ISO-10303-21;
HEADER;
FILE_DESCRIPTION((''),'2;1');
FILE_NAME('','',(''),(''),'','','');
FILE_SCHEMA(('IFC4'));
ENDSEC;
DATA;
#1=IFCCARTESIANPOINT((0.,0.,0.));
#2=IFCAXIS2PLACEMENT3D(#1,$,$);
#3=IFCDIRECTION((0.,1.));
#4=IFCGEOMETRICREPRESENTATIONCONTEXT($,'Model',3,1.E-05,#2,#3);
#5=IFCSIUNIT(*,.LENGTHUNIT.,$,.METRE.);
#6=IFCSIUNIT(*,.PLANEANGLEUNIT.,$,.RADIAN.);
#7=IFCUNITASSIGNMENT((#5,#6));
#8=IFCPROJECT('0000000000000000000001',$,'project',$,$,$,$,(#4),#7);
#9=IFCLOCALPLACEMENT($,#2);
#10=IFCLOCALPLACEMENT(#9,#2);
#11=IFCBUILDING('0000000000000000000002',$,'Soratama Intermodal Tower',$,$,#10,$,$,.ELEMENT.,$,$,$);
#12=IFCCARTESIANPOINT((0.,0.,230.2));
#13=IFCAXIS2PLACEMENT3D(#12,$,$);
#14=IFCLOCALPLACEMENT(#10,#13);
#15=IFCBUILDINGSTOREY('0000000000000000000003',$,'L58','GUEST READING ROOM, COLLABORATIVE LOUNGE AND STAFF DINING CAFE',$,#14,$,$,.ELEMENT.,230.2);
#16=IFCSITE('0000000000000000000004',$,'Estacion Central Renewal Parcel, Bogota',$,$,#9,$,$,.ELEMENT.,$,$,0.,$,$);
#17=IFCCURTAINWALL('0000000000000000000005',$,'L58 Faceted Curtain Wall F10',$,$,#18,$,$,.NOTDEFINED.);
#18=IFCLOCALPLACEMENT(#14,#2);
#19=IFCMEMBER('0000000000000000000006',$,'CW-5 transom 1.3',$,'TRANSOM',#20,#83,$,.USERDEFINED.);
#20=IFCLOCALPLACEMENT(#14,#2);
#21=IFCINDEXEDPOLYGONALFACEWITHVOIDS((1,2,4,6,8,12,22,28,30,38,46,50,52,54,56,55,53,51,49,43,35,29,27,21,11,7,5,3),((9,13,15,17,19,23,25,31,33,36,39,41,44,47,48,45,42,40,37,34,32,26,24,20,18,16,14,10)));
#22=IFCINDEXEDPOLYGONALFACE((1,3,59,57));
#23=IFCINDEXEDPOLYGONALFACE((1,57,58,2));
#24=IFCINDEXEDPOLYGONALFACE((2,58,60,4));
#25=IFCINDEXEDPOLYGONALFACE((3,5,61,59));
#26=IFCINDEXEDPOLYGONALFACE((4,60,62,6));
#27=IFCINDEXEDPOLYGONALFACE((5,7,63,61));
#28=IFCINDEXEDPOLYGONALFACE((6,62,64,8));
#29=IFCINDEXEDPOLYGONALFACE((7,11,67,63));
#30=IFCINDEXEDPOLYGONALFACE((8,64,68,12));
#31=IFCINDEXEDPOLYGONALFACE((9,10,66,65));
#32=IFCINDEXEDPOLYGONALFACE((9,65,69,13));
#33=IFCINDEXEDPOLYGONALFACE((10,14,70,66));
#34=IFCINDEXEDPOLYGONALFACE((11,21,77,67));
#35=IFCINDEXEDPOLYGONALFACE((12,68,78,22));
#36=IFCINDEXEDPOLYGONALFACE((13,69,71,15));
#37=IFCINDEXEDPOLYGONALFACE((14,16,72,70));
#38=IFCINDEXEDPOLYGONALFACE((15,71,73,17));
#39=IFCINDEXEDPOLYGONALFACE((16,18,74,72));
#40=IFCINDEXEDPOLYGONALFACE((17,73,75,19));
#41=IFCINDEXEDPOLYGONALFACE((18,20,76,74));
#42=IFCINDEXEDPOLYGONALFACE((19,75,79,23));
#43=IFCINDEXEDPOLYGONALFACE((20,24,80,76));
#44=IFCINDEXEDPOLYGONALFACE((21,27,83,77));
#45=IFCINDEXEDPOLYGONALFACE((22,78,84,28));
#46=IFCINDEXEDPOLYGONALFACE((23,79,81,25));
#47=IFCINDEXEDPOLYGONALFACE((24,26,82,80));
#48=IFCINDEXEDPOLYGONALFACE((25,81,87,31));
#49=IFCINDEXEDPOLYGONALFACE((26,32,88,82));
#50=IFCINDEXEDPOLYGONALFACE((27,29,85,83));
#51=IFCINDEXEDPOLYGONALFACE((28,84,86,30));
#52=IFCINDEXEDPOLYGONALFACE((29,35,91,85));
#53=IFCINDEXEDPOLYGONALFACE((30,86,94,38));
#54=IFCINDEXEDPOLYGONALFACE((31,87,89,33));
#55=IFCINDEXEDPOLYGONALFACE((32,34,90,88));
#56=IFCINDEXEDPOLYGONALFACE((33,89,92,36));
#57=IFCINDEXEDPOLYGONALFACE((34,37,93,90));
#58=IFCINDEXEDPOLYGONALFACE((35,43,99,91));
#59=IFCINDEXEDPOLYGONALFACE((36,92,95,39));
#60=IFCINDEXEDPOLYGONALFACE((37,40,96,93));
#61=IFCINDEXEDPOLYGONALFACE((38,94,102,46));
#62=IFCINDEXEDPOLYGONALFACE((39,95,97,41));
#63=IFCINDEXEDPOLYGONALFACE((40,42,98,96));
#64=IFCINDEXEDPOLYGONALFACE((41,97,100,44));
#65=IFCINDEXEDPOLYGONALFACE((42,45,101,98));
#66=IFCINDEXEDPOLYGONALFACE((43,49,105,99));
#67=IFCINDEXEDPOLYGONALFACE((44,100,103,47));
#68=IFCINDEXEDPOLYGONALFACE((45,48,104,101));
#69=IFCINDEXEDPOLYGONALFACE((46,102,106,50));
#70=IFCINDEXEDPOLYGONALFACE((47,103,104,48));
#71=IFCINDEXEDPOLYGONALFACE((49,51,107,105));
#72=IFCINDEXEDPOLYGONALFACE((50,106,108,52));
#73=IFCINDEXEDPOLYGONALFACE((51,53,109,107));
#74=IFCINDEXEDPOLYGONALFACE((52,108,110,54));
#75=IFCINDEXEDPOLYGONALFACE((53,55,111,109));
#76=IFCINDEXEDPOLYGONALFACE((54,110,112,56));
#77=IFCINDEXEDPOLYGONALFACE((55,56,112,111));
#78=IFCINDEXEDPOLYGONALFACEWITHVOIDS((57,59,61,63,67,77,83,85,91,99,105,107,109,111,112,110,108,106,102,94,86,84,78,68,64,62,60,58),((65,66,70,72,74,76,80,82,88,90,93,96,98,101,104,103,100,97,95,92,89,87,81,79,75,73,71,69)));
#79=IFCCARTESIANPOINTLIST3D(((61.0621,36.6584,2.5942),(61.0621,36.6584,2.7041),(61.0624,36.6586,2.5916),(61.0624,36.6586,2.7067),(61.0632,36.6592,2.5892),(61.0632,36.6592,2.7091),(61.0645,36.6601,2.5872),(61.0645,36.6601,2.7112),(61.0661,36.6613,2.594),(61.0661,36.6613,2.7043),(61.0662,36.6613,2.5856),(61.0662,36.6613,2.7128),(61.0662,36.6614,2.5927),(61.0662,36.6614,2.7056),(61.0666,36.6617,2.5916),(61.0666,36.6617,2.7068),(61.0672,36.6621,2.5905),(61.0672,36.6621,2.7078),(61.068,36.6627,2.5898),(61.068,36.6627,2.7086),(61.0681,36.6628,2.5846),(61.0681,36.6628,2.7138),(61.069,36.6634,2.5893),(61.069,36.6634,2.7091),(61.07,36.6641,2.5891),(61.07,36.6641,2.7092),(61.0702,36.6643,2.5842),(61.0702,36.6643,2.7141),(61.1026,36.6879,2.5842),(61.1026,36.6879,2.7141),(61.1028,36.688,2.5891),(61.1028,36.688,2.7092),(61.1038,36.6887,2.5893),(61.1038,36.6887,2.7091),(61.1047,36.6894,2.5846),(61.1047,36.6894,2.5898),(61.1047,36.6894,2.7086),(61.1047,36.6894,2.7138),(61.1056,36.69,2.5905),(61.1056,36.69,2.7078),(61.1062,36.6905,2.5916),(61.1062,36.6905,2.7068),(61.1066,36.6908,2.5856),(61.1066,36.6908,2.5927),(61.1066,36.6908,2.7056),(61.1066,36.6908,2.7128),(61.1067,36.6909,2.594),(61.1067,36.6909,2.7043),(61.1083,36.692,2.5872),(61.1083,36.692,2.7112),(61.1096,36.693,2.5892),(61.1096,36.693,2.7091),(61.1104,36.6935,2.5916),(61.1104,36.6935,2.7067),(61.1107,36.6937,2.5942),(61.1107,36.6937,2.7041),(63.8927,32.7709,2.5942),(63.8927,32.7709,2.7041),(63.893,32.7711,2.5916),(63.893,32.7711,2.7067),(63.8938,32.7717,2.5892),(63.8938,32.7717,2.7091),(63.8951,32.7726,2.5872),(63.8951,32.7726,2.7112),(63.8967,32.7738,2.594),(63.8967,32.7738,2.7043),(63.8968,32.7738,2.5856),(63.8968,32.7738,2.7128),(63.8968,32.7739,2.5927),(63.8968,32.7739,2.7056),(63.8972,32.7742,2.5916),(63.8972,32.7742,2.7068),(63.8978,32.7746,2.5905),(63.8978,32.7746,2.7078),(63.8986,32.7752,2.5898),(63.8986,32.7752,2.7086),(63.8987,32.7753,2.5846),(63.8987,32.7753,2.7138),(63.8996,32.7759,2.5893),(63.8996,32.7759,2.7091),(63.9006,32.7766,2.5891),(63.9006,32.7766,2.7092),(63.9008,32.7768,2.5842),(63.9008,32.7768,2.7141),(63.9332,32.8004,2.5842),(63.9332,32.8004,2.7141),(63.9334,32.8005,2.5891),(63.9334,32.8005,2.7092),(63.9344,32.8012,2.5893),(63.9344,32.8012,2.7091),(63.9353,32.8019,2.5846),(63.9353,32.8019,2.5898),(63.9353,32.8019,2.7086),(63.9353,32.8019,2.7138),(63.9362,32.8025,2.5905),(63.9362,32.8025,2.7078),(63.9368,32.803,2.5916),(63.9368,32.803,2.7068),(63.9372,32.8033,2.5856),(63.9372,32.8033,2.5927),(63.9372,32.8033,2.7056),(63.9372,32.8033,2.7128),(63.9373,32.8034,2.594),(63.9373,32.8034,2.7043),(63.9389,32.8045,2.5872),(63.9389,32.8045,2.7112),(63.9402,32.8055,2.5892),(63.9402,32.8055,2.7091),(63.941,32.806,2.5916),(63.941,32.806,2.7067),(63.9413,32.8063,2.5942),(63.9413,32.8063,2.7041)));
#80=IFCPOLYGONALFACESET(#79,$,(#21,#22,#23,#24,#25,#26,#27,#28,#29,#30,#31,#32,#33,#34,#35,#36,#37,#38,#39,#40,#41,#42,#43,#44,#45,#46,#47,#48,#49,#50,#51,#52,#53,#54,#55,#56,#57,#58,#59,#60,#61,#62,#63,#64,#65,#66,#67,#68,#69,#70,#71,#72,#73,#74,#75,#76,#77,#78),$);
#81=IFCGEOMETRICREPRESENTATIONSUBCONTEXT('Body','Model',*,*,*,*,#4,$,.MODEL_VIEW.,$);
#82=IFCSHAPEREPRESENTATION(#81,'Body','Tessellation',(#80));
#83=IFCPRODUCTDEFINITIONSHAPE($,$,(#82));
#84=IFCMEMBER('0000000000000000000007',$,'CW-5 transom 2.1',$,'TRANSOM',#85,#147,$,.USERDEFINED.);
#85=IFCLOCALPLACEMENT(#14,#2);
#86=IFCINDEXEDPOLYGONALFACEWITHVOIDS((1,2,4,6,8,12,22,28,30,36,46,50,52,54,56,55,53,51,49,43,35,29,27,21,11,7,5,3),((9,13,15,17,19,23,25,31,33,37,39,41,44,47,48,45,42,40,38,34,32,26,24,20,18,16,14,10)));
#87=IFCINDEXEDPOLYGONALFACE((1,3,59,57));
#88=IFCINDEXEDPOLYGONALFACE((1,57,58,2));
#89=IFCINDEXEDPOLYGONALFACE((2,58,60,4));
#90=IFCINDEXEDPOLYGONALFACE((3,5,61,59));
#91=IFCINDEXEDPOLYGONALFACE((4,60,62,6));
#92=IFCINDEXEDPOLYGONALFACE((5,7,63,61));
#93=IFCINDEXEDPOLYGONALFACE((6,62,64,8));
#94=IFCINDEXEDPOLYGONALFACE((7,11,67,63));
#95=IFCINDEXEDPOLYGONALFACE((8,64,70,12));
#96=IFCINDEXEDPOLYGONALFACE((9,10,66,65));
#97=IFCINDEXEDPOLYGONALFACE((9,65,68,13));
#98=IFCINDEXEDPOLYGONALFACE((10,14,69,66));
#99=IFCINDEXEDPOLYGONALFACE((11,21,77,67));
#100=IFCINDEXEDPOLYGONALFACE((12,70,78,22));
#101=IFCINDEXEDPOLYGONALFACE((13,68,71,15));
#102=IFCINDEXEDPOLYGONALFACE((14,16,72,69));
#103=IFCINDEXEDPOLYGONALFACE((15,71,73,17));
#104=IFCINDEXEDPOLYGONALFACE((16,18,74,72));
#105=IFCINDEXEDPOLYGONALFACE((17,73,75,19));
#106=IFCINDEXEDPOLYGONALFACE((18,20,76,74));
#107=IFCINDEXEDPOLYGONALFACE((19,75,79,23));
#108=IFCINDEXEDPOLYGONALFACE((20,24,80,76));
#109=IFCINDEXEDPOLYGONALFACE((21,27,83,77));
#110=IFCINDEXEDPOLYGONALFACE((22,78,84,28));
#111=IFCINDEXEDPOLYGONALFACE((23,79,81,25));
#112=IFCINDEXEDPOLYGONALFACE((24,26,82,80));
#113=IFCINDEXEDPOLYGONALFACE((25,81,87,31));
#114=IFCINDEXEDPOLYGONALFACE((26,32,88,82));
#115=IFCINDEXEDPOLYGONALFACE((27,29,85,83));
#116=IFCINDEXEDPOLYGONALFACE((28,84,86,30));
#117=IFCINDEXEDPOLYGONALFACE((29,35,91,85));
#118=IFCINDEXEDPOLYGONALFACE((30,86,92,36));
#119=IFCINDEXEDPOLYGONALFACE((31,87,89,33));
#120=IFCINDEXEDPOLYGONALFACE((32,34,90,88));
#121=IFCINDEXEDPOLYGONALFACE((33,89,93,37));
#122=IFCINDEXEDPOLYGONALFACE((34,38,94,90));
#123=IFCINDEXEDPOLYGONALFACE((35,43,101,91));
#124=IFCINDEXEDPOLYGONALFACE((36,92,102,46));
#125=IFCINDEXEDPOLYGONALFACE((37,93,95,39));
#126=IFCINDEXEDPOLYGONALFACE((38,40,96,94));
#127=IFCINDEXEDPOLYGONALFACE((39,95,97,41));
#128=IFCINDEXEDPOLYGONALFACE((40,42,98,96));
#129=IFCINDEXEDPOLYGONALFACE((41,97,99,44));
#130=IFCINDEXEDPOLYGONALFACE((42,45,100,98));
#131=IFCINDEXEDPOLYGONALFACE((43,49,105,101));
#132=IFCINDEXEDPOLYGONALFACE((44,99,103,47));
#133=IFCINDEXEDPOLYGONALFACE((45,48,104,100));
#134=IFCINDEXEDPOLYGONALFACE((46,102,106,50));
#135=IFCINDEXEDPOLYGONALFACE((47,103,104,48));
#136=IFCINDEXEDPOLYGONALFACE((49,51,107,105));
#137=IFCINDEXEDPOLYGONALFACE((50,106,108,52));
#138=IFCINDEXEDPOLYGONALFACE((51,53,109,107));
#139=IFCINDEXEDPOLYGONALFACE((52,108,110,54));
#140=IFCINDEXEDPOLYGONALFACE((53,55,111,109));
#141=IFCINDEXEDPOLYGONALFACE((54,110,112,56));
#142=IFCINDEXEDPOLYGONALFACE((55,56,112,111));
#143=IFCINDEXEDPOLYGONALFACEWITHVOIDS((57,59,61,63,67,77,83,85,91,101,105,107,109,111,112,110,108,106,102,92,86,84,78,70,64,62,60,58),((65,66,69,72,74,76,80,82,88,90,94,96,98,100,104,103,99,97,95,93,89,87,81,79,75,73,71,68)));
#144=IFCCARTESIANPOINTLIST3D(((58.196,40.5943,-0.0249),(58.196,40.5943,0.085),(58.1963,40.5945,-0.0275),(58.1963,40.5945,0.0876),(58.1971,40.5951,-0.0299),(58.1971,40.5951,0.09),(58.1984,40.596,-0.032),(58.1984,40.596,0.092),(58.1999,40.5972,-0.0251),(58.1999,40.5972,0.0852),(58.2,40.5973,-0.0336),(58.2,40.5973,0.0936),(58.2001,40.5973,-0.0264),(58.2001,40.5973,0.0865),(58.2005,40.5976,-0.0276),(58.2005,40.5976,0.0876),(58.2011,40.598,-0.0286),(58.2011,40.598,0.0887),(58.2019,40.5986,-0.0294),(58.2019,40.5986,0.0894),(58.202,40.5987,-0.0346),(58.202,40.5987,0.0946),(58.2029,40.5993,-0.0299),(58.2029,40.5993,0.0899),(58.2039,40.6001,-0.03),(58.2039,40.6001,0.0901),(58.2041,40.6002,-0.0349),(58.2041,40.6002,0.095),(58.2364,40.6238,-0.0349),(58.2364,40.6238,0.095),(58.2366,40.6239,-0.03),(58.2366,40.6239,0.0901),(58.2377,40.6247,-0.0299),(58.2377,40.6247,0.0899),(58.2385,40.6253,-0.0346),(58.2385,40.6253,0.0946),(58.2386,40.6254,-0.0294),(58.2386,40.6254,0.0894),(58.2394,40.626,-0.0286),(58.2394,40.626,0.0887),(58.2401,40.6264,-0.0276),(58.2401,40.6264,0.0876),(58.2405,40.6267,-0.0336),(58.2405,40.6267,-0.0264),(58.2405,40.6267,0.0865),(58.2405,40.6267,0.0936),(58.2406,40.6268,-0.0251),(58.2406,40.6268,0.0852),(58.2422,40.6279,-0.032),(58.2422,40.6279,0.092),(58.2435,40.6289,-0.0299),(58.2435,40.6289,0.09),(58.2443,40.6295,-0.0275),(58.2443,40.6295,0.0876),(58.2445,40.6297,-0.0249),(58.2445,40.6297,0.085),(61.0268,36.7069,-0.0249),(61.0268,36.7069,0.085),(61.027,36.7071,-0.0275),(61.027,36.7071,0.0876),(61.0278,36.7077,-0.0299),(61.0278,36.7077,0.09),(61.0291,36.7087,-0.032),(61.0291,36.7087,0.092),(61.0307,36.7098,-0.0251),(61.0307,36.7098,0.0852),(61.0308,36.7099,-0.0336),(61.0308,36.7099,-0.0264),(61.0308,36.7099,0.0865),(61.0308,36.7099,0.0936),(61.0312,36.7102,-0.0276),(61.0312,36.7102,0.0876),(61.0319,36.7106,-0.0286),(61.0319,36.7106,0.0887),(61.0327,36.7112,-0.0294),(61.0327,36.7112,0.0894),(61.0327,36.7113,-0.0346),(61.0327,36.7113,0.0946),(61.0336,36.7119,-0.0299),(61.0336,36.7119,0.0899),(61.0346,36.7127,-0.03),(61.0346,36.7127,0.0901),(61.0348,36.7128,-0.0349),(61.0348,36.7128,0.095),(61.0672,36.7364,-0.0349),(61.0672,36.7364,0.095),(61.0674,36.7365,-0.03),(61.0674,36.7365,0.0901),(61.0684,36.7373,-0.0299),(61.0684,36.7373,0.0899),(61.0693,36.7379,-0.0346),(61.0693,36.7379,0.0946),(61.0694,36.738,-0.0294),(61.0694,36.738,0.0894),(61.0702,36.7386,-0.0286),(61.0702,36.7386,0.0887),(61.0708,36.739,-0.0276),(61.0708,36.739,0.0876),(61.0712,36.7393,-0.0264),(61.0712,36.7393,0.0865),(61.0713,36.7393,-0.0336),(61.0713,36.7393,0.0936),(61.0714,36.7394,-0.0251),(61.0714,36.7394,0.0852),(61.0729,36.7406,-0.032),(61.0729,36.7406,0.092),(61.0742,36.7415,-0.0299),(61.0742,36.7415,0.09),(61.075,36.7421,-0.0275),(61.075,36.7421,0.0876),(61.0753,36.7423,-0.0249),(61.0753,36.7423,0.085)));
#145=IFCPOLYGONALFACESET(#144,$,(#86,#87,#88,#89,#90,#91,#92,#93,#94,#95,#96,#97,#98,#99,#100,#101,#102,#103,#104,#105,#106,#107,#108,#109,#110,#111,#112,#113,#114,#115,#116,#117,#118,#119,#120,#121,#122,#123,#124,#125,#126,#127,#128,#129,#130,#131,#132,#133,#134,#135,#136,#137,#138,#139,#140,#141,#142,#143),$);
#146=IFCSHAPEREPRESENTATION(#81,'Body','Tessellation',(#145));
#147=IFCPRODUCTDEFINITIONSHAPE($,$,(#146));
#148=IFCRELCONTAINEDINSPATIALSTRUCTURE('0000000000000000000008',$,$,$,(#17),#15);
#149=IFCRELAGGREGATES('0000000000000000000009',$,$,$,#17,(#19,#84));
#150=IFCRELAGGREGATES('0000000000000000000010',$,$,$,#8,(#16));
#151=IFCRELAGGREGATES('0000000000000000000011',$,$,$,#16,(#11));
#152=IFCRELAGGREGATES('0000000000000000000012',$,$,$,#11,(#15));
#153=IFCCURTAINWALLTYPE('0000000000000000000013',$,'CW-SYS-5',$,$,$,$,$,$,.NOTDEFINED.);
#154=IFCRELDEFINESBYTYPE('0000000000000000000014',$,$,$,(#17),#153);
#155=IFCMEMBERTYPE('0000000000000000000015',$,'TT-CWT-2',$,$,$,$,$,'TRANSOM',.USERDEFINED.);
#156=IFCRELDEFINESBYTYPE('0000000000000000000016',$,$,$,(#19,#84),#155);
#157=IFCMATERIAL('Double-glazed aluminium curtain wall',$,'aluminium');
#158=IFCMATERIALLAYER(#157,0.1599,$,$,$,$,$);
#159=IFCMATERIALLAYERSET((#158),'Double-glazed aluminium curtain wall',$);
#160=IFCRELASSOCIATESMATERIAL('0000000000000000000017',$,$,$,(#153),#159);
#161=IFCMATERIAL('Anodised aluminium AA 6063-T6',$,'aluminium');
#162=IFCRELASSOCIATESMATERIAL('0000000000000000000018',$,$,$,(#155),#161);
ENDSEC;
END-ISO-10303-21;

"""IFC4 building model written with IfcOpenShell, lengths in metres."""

from ifc_helpers import new_model, si_unit, direction, frame, origin, origin_2d, place, context, subcontext, project, spatial, hollow_rectangle, extrude, material, layer, layer_set, material_profile, profile_set, type_object, element, aggregate, save


model = new_model("IFC4")

# Units and contexts
model_context = context("Model", 3, precision=1e-05, world=origin(), true_north=direction((0.0, 1.0)))
body_context = subcontext(model_context, "Body", "Model", "MODEL_VIEW")
ifc_project = project(units=[si_unit("LENGTHUNIT", "METRE"), si_unit("PLANEANGLEUNIT", "RADIAN")], contexts=[model_context])

# Site, building, storey
site_placement = place(None, origin())
site = spatial("IfcSite", under=ifc_project, at=site_placement, Name="Estacion Central Renewal Parcel, Bogota", CompositionType="ELEMENT", RefElevation=0.0)
building_placement = place(site_placement, origin())
building = spatial("IfcBuilding", under=site, at=building_placement, Name="Soratama Intermodal Tower", CompositionType="ELEMENT")
storey_placement = place(building_placement, frame((0.0, 0.0, 230.2)))
storey = spatial("IfcBuildingStorey", under=building, at=storey_placement, Name="L58", Description="GUEST READING ROOM, COLLABORATIVE LOUNGE AND STAFF DINING CAFE", CompositionType="ELEMENT", Elevation=230.2)

# Curtain wall, members
ifc_material_1 = material(Name="Double-glazed aluminium curtain wall", Category="aluminium")
ifc_layer_1 = layer(ifc_material_1, 0.1599)
ifc_layer_set_1 = layer_set([ifc_layer_1], Name="Double-glazed aluminium curtain wall")
curtain_wall_type = type_object("IfcCurtainWallType", Name="CW-SYS-5", PredefinedType="NOTDEFINED", material=ifc_layer_set_1)
curtain_wall_placement = place(storey_placement, origin())
curtain_wall = element("IfcCurtainWall", 1, at=curtain_wall_placement, inside=storey, type_object=curtain_wall_type, Name="L58 Faceted Curtain Wall F10", PredefinedType="NOTDEFINED")
ifc_material_2 = material(Name="Anodised aluminium AA 6063-T6", Category="aluminium")
ifc_material_profile_1 = material_profile(ifc_material_2, hollow_rectangle(XDim=0.0601, YDim=0.1299, WallThickness=0.0049, InnerFilletRadius=0.0049, OuterFilletRadius=0.01, at=origin_2d()), Name="CWT130X60X5")
ifc_profile_set_1 = profile_set([ifc_material_profile_1], Name="Anodised aluminium AA 6063-T6")
member_type_1 = type_object("IfcMemberType", Name="TT-CWT-2", ElementType="TRANSOM", PredefinedType="USERDEFINED", material=ifc_profile_set_1)
member_1_placement = place(storey_placement, frame((63.917, 32.7886, 2.6492), z_axis=(-0.588624, 0.808407, 0.0), x_axis=(-0.808407, -0.588624, 0.0)))
member_1 = element("IfcMember", 2, at=member_1_placement, type_object=member_type_1, Name="CW-5 transom 1.3", ObjectType="TRANSOM", PredefinedType="USERDEFINED", context=body_context, shape_type="SweptSolid", body=[
    extrude(hollow_rectangle(XDim=0.0601, YDim=0.1299, WallThickness=0.0049, InnerFilletRadius=0.0049, OuterFilletRadius=0.01, at=origin_2d()), origin(), (0.0, 0.0, 1.0), 4.8088),
])
member_2_placement = place(storey_placement, frame((61.051, 36.7246, 0.03), z_axis=(-0.588658, 0.808382, 0.0), x_axis=(-0.808382, -0.588658, 0.0)))
member_2 = element("IfcMember", 3, at=member_2_placement, type_object=member_type_1, Name="CW-5 transom 2.1", ObjectType="TRANSOM", PredefinedType="USERDEFINED", context=body_context, shape_type="SweptSolid", body=[
    extrude(hollow_rectangle(XDim=0.0601, YDim=0.1299, WallThickness=0.0049, InnerFilletRadius=0.0049, OuterFilletRadius=0.01, at=origin_2d()), origin(), (0.0, 0.0, 1.0), 4.8088),
])
aggregate(curtain_wall, [member_1, member_2])

save(model, "model.ifc")
